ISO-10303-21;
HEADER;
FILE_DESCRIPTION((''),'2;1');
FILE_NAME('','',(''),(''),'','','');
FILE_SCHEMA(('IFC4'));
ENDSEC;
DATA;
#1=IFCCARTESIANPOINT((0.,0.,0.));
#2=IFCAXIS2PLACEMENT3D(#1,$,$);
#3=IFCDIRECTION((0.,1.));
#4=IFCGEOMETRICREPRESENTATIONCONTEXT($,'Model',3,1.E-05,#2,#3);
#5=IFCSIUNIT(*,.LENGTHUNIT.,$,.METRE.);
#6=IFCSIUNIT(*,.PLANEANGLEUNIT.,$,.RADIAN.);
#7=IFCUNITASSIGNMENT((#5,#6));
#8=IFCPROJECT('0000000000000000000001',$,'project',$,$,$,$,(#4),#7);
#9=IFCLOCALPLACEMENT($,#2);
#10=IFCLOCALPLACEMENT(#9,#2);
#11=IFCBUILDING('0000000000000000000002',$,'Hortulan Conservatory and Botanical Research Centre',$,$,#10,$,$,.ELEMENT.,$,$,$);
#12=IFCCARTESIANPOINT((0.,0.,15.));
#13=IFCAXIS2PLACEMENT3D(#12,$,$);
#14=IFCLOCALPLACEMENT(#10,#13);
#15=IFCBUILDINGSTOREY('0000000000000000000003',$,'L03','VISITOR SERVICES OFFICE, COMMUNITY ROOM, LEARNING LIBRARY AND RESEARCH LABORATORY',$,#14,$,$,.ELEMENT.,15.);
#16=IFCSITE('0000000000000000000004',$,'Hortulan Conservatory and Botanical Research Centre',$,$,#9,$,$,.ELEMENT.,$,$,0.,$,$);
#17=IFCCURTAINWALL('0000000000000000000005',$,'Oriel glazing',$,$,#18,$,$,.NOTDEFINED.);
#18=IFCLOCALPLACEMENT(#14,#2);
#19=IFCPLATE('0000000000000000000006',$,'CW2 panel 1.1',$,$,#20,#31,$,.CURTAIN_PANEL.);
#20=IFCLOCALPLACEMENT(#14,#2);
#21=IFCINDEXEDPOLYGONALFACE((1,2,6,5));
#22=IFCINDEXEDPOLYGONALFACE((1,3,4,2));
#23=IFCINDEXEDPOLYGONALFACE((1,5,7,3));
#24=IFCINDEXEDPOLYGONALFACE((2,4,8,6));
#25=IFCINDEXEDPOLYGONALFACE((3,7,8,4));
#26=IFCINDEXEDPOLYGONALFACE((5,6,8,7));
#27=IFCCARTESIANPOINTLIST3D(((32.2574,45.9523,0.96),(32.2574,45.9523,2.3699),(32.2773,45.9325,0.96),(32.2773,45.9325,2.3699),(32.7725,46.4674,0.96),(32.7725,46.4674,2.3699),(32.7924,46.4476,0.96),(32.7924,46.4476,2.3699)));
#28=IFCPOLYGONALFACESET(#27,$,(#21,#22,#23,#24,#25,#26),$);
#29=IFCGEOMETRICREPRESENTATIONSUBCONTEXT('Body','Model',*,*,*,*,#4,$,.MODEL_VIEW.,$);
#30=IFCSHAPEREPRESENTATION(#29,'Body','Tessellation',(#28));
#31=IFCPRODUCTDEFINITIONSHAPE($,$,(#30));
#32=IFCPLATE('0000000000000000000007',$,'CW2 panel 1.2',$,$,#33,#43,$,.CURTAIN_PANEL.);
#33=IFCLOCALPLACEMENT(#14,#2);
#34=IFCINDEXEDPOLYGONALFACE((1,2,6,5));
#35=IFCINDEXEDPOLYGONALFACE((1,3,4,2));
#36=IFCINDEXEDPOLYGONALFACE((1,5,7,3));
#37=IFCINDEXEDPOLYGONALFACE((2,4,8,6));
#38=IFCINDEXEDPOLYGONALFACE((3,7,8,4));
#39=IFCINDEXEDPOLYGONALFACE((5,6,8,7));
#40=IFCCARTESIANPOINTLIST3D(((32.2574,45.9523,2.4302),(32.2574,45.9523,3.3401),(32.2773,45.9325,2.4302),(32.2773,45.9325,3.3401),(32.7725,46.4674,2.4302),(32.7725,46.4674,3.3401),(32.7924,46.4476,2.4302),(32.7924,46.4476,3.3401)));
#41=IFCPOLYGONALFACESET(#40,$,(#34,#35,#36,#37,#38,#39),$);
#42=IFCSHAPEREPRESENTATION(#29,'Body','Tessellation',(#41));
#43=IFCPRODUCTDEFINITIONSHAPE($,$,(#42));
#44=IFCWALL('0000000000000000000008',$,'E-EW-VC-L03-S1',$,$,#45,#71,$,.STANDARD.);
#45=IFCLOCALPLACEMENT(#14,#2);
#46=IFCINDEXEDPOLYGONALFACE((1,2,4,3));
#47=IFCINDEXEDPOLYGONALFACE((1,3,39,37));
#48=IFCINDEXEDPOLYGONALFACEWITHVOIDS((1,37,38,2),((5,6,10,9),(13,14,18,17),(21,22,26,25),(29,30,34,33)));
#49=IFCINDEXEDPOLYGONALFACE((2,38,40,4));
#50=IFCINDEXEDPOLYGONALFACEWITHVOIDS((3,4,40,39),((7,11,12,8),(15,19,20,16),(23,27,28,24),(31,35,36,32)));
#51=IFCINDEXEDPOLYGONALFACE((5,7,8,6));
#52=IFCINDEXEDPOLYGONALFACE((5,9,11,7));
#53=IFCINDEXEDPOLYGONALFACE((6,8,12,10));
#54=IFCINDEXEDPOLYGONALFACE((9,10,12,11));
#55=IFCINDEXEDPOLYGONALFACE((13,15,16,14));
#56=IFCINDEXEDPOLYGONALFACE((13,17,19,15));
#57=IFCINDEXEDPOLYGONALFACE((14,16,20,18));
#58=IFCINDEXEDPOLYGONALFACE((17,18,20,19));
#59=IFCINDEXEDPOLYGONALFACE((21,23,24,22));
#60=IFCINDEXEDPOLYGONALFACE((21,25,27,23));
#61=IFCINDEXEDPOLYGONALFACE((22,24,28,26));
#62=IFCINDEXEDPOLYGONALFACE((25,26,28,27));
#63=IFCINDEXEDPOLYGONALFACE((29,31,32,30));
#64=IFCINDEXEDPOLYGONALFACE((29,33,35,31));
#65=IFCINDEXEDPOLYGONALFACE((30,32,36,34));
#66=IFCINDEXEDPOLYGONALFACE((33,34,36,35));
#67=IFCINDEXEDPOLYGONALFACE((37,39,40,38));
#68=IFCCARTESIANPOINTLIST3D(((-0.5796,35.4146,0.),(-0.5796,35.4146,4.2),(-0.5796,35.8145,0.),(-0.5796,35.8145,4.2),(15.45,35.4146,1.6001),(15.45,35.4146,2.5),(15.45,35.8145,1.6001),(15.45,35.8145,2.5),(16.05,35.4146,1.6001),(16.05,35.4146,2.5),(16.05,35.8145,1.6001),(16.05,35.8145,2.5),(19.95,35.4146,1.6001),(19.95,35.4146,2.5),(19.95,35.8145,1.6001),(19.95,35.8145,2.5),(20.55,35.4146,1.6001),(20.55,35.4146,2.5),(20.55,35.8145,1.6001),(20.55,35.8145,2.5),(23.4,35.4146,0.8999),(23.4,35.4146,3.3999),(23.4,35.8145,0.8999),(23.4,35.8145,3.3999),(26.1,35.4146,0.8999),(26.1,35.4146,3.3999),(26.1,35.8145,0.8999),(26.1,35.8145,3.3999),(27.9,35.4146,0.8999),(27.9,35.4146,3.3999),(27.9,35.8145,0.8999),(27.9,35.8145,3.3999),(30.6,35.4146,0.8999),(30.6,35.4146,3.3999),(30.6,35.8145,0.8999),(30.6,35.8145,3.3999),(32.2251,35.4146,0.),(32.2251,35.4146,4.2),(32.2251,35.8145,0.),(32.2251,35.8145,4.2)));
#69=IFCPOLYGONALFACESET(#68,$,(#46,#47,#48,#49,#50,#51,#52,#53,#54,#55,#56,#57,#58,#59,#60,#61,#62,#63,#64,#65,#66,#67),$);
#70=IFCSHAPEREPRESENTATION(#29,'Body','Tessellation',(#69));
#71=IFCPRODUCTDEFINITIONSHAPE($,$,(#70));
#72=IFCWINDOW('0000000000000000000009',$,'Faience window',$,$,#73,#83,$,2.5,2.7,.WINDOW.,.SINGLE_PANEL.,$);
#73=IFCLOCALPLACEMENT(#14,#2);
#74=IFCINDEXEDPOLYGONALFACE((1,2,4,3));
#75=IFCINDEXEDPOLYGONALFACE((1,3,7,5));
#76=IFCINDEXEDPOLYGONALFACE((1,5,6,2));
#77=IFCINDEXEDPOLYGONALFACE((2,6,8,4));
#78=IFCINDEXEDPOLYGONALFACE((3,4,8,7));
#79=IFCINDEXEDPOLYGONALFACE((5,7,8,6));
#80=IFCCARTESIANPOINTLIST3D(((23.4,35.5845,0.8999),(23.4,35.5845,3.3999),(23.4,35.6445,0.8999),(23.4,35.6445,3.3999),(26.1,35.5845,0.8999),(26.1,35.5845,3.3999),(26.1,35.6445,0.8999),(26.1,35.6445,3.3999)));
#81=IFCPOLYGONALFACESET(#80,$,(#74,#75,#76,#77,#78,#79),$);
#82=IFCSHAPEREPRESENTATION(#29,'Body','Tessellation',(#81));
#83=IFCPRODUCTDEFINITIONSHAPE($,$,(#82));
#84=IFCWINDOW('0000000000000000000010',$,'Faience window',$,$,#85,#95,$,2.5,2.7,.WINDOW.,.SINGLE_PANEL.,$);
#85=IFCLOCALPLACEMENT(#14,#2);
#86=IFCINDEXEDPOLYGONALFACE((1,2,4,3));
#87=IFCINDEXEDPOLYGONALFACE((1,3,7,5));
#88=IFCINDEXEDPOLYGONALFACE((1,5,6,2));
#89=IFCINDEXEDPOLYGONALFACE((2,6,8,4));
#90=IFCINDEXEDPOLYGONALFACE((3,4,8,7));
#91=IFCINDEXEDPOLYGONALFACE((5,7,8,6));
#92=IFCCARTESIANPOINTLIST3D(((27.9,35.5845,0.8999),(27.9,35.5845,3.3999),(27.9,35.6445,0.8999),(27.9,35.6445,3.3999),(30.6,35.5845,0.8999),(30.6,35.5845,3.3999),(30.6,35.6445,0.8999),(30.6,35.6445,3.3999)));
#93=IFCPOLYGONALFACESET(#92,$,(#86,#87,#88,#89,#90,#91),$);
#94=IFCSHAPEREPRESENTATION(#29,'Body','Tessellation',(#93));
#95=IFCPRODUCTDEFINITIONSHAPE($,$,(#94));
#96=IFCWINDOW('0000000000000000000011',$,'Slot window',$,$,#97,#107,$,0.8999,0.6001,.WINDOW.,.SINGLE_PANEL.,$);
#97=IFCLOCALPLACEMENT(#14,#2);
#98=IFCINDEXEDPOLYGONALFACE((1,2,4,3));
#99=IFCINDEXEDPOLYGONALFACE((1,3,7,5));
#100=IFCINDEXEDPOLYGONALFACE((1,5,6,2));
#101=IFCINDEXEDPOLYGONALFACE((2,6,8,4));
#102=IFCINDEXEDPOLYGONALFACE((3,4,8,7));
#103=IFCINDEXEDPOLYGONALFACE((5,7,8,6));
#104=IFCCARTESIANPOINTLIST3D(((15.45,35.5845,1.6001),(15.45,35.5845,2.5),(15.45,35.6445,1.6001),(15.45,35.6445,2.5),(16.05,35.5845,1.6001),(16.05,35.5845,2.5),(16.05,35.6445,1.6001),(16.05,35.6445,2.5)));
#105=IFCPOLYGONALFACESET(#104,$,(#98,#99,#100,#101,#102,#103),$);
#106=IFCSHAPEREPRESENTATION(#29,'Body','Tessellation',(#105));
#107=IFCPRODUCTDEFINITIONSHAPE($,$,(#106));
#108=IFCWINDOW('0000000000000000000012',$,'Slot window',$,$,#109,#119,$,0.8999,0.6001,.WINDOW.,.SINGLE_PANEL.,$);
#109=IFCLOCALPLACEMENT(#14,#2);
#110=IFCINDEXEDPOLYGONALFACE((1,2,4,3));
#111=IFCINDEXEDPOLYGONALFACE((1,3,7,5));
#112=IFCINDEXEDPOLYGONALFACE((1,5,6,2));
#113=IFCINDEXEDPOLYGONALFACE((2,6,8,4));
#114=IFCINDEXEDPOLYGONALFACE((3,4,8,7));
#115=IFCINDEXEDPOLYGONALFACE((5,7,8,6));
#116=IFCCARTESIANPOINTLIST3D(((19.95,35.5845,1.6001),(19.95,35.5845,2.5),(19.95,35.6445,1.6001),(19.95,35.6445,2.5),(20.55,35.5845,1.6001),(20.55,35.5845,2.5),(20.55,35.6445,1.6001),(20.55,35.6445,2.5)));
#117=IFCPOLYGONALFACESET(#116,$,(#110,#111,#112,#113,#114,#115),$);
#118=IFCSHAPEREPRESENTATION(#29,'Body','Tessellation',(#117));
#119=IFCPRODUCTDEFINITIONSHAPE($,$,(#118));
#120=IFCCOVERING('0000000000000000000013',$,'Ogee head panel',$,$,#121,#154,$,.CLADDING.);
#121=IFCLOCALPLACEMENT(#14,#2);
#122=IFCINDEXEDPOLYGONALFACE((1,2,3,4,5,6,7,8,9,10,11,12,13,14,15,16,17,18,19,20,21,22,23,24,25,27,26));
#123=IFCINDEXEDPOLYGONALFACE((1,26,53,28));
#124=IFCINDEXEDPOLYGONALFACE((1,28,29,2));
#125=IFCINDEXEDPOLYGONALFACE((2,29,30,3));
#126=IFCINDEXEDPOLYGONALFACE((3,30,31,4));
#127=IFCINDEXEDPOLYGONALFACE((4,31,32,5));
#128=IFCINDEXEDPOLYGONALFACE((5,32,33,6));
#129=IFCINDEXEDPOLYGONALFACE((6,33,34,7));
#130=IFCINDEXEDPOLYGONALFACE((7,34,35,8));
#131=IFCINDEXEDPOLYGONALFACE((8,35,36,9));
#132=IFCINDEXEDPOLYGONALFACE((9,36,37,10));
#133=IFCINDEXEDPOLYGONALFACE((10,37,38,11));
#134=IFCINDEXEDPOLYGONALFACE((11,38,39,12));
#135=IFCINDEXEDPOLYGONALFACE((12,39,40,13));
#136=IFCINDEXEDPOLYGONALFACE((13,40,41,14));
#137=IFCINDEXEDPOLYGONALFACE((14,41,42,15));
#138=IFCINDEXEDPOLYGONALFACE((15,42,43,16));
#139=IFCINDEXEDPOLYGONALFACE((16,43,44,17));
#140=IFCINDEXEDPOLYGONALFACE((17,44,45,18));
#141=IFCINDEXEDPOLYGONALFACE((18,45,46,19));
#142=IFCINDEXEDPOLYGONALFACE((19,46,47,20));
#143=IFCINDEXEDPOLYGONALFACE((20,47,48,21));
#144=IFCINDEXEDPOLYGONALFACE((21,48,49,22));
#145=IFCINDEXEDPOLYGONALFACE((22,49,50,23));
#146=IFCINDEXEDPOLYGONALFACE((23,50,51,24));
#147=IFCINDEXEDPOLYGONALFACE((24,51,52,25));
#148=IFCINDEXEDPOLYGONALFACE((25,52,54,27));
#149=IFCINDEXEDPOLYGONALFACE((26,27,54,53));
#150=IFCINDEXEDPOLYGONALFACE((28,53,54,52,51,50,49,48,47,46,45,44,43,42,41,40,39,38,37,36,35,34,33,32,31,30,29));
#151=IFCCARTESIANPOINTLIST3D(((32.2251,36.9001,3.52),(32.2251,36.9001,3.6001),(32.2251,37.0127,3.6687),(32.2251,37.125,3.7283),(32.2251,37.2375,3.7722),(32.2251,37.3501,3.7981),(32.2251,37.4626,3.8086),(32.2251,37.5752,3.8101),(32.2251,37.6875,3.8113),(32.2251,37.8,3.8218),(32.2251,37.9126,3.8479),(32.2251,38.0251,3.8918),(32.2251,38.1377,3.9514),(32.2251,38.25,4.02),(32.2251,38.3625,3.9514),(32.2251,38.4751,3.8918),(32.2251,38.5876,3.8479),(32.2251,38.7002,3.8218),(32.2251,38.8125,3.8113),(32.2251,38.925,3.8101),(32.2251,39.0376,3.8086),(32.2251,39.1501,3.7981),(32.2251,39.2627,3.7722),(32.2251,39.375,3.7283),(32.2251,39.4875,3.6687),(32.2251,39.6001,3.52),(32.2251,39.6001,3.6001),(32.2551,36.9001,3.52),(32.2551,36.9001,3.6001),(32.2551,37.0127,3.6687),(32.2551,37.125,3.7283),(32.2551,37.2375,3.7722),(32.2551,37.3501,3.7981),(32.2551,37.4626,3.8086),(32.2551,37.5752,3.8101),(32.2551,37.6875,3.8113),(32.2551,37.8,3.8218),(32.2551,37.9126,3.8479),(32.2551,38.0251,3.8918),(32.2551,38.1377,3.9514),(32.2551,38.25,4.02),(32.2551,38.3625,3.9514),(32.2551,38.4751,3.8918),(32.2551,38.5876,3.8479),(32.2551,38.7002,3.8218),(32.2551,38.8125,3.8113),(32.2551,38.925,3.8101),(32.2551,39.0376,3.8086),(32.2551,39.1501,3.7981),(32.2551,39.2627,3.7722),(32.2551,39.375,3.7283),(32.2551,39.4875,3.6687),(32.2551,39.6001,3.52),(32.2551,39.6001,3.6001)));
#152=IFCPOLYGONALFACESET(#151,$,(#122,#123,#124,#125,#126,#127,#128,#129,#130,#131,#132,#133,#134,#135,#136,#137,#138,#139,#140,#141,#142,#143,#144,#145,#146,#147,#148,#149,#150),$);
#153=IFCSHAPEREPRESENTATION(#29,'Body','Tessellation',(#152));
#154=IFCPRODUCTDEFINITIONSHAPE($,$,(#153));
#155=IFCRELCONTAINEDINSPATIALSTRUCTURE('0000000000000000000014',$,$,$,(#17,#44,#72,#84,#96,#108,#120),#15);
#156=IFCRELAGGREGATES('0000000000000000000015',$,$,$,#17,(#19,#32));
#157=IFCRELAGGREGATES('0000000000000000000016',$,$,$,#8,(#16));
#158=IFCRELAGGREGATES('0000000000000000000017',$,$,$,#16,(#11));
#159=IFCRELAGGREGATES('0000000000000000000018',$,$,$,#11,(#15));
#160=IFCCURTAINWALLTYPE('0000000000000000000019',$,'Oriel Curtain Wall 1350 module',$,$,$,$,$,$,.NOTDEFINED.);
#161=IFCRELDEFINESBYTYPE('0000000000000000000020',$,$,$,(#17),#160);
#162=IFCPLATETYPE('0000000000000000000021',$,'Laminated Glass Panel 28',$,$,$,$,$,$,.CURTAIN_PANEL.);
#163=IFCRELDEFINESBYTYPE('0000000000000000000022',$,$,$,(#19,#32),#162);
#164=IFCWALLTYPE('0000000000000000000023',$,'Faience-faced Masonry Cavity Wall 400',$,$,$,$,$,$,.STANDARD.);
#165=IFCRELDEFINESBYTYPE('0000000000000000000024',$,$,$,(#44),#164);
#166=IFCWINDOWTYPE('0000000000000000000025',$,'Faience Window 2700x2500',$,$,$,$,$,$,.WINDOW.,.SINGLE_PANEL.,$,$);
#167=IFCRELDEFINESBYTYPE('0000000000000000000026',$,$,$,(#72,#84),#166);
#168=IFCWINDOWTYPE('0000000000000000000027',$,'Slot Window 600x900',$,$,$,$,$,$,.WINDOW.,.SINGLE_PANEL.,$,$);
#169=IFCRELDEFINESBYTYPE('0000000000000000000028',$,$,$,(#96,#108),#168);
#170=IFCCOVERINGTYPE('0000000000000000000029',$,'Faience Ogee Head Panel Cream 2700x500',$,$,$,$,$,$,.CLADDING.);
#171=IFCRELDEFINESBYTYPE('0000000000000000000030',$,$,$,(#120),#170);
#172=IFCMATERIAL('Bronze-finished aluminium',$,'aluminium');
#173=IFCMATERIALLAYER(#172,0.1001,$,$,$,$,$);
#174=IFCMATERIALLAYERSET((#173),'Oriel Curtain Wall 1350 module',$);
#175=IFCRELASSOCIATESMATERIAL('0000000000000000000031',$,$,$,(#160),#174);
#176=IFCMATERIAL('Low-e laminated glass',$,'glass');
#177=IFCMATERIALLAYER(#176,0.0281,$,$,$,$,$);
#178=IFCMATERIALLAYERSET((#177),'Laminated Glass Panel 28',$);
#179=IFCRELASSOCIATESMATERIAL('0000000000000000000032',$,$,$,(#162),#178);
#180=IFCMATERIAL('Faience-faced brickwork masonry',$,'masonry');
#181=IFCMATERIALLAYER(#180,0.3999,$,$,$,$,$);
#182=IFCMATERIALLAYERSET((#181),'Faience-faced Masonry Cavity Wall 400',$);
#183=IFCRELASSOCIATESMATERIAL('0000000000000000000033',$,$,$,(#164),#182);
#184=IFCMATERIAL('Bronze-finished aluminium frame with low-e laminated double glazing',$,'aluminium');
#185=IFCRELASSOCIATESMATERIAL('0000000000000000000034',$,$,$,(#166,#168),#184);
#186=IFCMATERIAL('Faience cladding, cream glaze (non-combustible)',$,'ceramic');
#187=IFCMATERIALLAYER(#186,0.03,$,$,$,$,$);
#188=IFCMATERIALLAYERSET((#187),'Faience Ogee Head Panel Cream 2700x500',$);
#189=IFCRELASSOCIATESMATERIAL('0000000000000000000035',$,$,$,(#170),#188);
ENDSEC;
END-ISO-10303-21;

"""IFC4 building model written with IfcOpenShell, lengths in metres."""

from ifc_helpers import new_model, si_unit, direction, frame, frame_2d, origin, origin_2d, place, context, subcontext, project, spatial, polyline, rectangle, outline, extrude, material, layer, layer_set, type_object, element, fill, aggregate, save


model = new_model("IFC4")

# Units and contexts
model_context = context("Model", 3, precision=1e-05, world=origin(), true_north=direction((0.0, 1.0)))
body_context = subcontext(model_context, "Body", "Model", "MODEL_VIEW")
ifc_project = project(units=[si_unit("LENGTHUNIT", "METRE"), si_unit("PLANEANGLEUNIT", "RADIAN")], contexts=[model_context])

# Site, building, storey
site_placement = place(None, origin())
site = spatial("IfcSite", under=ifc_project, at=site_placement, Name="Hortulan Conservatory and Botanical Research Centre", CompositionType="ELEMENT", RefElevation=0.0)
building_placement = place(site_placement, origin())
building = spatial("IfcBuilding", under=site, at=building_placement, Name="Hortulan Conservatory and Botanical Research Centre", CompositionType="ELEMENT")
storey_placement = place(building_placement, frame((0.0, 0.0, 15.0)))
storey = spatial("IfcBuildingStorey", under=building, at=storey_placement, Name="L03", Description="VISITOR SERVICES OFFICE, COMMUNITY ROOM, LEARNING LIBRARY AND RESEARCH LABORATORY", CompositionType="ELEMENT", Elevation=15.0)

# Shared definitions
ifc_material_1 = material(Name="Bronze-finished aluminium", Category="aluminium")
ifc_layer_1 = layer(ifc_material_1, 0.1001)
ifc_layer_set_1 = layer_set([ifc_layer_1], Name="Oriel Curtain Wall 1350 module")
curtain_wall_type = type_object("IfcCurtainWallType", Name="Oriel Curtain Wall 1350 module", PredefinedType="NOTDEFINED", material=ifc_layer_set_1)

# Curtain wall
curtain_wall_1_placement = place(storey_placement, origin())
curtain_wall_1 = element("IfcCurtainWall", 1, at=curtain_wall_1_placement, inside=storey, type_object=curtain_wall_type, Name="Oriel glazing", PredefinedType="NOTDEFINED")

# Shared definitions
ifc_material_2 = material(Name="Low-e laminated glass", Category="glass")

# Plates
ifc_layer_2 = layer(ifc_material_2, 0.0281)
ifc_layer_set_2 = layer_set([ifc_layer_2], Name="Laminated Glass Panel 28")
plate_type_1 = type_object("IfcPlateType", Name="Laminated Glass Panel 28", PredefinedType="CURTAIN_PANEL", material=ifc_layer_set_2)
plate_1_placement = place(storey_placement, frame((32.5249, 46.2, 0.96), z_axis=(0.0, 0.0, 1.0), x_axis=(-0.707107, -0.707107, 0.0)))
plate_1 = element("IfcPlate", 2, at=plate_1_placement, type_object=plate_type_1, Name="CW2 panel 1.1", PredefinedType="CURTAIN_PANEL", context=body_context, shape_type="SweptSolid", body=[
    extrude(rectangle(XDim=0.7285, YDim=0.0281, at=origin_2d()), origin(), (0.0, 0.0, 1.0), 1.4099),
])
plate_2_placement = place(storey_placement, frame((32.5249, 46.2, 2.4302), z_axis=(0.0, 0.0, 1.0), x_axis=(-0.707107, -0.707107, 0.0)))
plate_2 = element("IfcPlate", 3, at=plate_2_placement, type_object=plate_type_1, Name="CW2 panel 1.2", PredefinedType="CURTAIN_PANEL", context=body_context, shape_type="SweptSolid", body=[
    extrude(rectangle(XDim=0.7285, YDim=0.0281, at=origin_2d()), origin(), (0.0, 0.0, 1.0), 0.9099),
])
aggregate(curtain_wall_1, [plate_1, plate_2])

# Wall, openings, windows
ifc_material_3 = material(Name="Faience-faced brickwork masonry", Category="masonry")
ifc_layer_3 = layer(ifc_material_3, 0.3999)
ifc_layer_set_3 = layer_set([ifc_layer_3], Name="Faience-faced Masonry Cavity Wall 400")
wall_type = type_object("IfcWallType", Name="Faience-faced Masonry Cavity Wall 400", PredefinedType="STANDARD", material=ifc_layer_set_3)
wall_placement = place(storey_placement, frame((32.2251, 35.6145, 0.0), z_axis=(0.0, 0.0, 1.0), x_axis=(-1.0, 0.0, 0.0)))
wall = element("IfcWall", 4, at=wall_placement, inside=storey, type_object=wall_type, Name="E-EW-VC-L03-S1", PredefinedType="STANDARD", context=body_context, shape_type="SweptSolid", body=[
    extrude(rectangle(XDim=32.8047, YDim=0.3999, at=frame_2d((16.4023, 0.0))), origin(), (0.0, 0.0, 1.0), 4.2),
])
opening_1_placement = place(wall_placement, frame((16.175, 0.0, 1.6001)))
opening_1 = element("IfcOpeningElement", 5, at=opening_1_placement, cuts=wall, PredefinedType="OPENING", context=body_context, shape_type="SweptSolid", body=[
    extrude(rectangle(XDim=0.6001, YDim=0.8999, at=frame_2d((0.3, 0.45))), frame((0.0, 0.21, 0.0), z_axis=(0.0, -1.0, 0.0), x_axis=(1.0, 0.0, 0.0)), (0.0, 0.0, 1.0), 0.4199),
])
opening_2_placement = place(wall_placement, frame((11.675, 0.0, 1.6001)))
opening_2 = element("IfcOpeningElement", 6, at=opening_2_placement, cuts=wall, PredefinedType="OPENING", context=body_context, shape_type="SweptSolid", body=[
    extrude(rectangle(XDim=0.6001, YDim=0.8999, at=frame_2d((0.3, 0.45))), frame((0.0, 0.21, 0.0), z_axis=(0.0, -1.0, 0.0), x_axis=(1.0, 0.0, 0.0)), (0.0, 0.0, 1.0), 0.4199),
])
opening_3_placement = place(wall_placement, frame((6.125, 0.0, 0.8999)))
opening_3 = element("IfcOpeningElement", 7, at=opening_3_placement, cuts=wall, PredefinedType="OPENING", context=body_context, shape_type="SweptSolid", body=[
    extrude(rectangle(XDim=2.7, YDim=2.5, at=frame_2d((1.3501, 1.25))), frame((0.0, 0.21, 0.0), z_axis=(0.0, -1.0, 0.0), x_axis=(1.0, 0.0, 0.0)), (0.0, 0.0, 1.0), 0.4199),
])
opening_4_placement = place(wall_placement, frame((1.625, 0.0, 0.8999)))
opening_4 = element("IfcOpeningElement", 8, at=opening_4_placement, cuts=wall, PredefinedType="OPENING", context=body_context, shape_type="SweptSolid", body=[
    extrude(rectangle(XDim=2.7, YDim=2.5, at=frame_2d((1.3501, 1.25))), frame((0.0, 0.21, 0.0), z_axis=(0.0, -1.0, 0.0), x_axis=(1.0, 0.0, 0.0)), (0.0, 0.0, 1.0), 0.4199),
])
ifc_material_4 = material(Name="Bronze-finished aluminium frame with low-e laminated double glazing", Category="aluminium")
window_type_1 = type_object("IfcWindowType", Name="Faience Window 2700x2500", PartitioningType="SINGLE_PANEL", PredefinedType="WINDOW", material=ifc_material_4)
window_1_placement = place(opening_3_placement, origin())
window_1 = element("IfcWindow", 9, at=window_1_placement, inside=storey, type_object=window_type_1, Name="Faience window", OverallHeight=2.5, OverallWidth=2.7, PartitioningType="SINGLE_PANEL", PredefinedType="WINDOW", context=body_context, shape_type="SweptSolid", body=[
    extrude(rectangle(XDim=2.7, YDim=2.5, at=frame_2d((1.3501, 1.25))), frame((0.0, 0.03, 0.0), z_axis=(0.0, -1.0, 0.0), x_axis=(1.0, 0.0, 0.0)), (0.0, 0.0, 1.0), 0.0601),
])
fill(opening_3, window_1)
window_2_placement = place(opening_4_placement, origin())
window_2 = element("IfcWindow", 10, at=window_2_placement, inside=storey, type_object=window_type_1, Name="Faience window", OverallHeight=2.5, OverallWidth=2.7, PartitioningType="SINGLE_PANEL", PredefinedType="WINDOW", context=body_context, shape_type="SweptSolid", body=[
    extrude(rectangle(XDim=2.7, YDim=2.5, at=frame_2d((1.3501, 1.25))), frame((0.0, 0.03, 0.0), z_axis=(0.0, -1.0, 0.0), x_axis=(1.0, 0.0, 0.0)), (0.0, 0.0, 1.0), 0.0601),
])
fill(opening_4, window_2)
window_type_2 = type_object("IfcWindowType", Name="Slot Window 600x900", PartitioningType="SINGLE_PANEL", PredefinedType="WINDOW", material=ifc_material_4)
window_3_placement = place(opening_1_placement, origin())
window_3 = element("IfcWindow", 11, at=window_3_placement, inside=storey, type_object=window_type_2, Name="Slot window", OverallHeight=0.8999, OverallWidth=0.6001, PartitioningType="SINGLE_PANEL", PredefinedType="WINDOW", context=body_context, shape_type="SweptSolid", body=[
    extrude(rectangle(XDim=0.6001, YDim=0.8999, at=frame_2d((0.3, 0.45))), frame((0.0, 0.03, 0.0), z_axis=(0.0, -1.0, 0.0), x_axis=(1.0, 0.0, 0.0)), (0.0, 0.0, 1.0), 0.0601),
])
fill(opening_1, window_3)
window_4_placement = place(opening_2_placement, origin())
window_4 = element("IfcWindow", 12, at=window_4_placement, inside=storey, type_object=window_type_2, Name="Slot window", OverallHeight=0.8999, OverallWidth=0.6001, PartitioningType="SINGLE_PANEL", PredefinedType="WINDOW", context=body_context, shape_type="SweptSolid", body=[
    extrude(rectangle(XDim=0.6001, YDim=0.8999, at=frame_2d((0.3, 0.45))), frame((0.0, 0.03, 0.0), z_axis=(0.0, -1.0, 0.0), x_axis=(1.0, 0.0, 0.0)), (0.0, 0.0, 1.0), 0.0601),
])
fill(opening_2, window_4)

# Covering
ifc_material_5 = material(Name="Faience cladding, cream glaze (non-combustible)", Category="ceramic")
ifc_layer_4 = layer(ifc_material_5, 0.03)
ifc_layer_set_4 = layer_set([ifc_layer_4], Name="Faience Ogee Head Panel Cream 2700x500")
covering_type_1 = type_object("IfcCoveringType", Name="Faience Ogee Head Panel Cream 2700x500", PredefinedType="CLADDING", material=ifc_layer_set_4)
covering_1_placement = place(storey_placement, frame((32.24, 39.6001, 3.52), z_axis=(0.0, 0.0, 1.0), x_axis=(0.0, -1.0, 0.0)))
element("IfcCovering", 13, at=covering_1_placement, inside=storey, type_object=covering_type_1, Name="Ogee head panel", PredefinedType="CLADDING", context=body_context, shape_type="SweptSolid", body=[
    extrude(outline(polyline([(0.0, 0.0), (2.7, 0.0), (2.7, 0.0801), (2.5874, 0.1487), (2.4751, 0.2083), (2.3625, 0.2522), (2.25, 0.2781), (2.1375, 0.2886), (2.0249, 0.29), (1.9126, 0.2913), (1.8, 0.3018), (1.6875, 0.3279), (1.575, 0.3718), (1.4624, 0.4314), (1.3501, 0.5), (1.2375, 0.4314), (1.125, 0.3718), (1.0125, 0.3279), (0.8999, 0.3018), (0.7876, 0.2913), (0.675, 0.29), (0.5625, 0.2886), (0.45, 0.2781), (0.3374, 0.2522), (0.2251, 0.2083), (0.1125, 0.1487), (0.0, 0.0801), (0.0, 0.0)])), frame((0.0, 0.0151, 0.0), z_axis=(0.0, -1.0, 0.0), x_axis=(1.0, 0.0, 0.0)), (0.0, 0.0, 1.0), 0.03),
])

save(model, "model.ifc")
